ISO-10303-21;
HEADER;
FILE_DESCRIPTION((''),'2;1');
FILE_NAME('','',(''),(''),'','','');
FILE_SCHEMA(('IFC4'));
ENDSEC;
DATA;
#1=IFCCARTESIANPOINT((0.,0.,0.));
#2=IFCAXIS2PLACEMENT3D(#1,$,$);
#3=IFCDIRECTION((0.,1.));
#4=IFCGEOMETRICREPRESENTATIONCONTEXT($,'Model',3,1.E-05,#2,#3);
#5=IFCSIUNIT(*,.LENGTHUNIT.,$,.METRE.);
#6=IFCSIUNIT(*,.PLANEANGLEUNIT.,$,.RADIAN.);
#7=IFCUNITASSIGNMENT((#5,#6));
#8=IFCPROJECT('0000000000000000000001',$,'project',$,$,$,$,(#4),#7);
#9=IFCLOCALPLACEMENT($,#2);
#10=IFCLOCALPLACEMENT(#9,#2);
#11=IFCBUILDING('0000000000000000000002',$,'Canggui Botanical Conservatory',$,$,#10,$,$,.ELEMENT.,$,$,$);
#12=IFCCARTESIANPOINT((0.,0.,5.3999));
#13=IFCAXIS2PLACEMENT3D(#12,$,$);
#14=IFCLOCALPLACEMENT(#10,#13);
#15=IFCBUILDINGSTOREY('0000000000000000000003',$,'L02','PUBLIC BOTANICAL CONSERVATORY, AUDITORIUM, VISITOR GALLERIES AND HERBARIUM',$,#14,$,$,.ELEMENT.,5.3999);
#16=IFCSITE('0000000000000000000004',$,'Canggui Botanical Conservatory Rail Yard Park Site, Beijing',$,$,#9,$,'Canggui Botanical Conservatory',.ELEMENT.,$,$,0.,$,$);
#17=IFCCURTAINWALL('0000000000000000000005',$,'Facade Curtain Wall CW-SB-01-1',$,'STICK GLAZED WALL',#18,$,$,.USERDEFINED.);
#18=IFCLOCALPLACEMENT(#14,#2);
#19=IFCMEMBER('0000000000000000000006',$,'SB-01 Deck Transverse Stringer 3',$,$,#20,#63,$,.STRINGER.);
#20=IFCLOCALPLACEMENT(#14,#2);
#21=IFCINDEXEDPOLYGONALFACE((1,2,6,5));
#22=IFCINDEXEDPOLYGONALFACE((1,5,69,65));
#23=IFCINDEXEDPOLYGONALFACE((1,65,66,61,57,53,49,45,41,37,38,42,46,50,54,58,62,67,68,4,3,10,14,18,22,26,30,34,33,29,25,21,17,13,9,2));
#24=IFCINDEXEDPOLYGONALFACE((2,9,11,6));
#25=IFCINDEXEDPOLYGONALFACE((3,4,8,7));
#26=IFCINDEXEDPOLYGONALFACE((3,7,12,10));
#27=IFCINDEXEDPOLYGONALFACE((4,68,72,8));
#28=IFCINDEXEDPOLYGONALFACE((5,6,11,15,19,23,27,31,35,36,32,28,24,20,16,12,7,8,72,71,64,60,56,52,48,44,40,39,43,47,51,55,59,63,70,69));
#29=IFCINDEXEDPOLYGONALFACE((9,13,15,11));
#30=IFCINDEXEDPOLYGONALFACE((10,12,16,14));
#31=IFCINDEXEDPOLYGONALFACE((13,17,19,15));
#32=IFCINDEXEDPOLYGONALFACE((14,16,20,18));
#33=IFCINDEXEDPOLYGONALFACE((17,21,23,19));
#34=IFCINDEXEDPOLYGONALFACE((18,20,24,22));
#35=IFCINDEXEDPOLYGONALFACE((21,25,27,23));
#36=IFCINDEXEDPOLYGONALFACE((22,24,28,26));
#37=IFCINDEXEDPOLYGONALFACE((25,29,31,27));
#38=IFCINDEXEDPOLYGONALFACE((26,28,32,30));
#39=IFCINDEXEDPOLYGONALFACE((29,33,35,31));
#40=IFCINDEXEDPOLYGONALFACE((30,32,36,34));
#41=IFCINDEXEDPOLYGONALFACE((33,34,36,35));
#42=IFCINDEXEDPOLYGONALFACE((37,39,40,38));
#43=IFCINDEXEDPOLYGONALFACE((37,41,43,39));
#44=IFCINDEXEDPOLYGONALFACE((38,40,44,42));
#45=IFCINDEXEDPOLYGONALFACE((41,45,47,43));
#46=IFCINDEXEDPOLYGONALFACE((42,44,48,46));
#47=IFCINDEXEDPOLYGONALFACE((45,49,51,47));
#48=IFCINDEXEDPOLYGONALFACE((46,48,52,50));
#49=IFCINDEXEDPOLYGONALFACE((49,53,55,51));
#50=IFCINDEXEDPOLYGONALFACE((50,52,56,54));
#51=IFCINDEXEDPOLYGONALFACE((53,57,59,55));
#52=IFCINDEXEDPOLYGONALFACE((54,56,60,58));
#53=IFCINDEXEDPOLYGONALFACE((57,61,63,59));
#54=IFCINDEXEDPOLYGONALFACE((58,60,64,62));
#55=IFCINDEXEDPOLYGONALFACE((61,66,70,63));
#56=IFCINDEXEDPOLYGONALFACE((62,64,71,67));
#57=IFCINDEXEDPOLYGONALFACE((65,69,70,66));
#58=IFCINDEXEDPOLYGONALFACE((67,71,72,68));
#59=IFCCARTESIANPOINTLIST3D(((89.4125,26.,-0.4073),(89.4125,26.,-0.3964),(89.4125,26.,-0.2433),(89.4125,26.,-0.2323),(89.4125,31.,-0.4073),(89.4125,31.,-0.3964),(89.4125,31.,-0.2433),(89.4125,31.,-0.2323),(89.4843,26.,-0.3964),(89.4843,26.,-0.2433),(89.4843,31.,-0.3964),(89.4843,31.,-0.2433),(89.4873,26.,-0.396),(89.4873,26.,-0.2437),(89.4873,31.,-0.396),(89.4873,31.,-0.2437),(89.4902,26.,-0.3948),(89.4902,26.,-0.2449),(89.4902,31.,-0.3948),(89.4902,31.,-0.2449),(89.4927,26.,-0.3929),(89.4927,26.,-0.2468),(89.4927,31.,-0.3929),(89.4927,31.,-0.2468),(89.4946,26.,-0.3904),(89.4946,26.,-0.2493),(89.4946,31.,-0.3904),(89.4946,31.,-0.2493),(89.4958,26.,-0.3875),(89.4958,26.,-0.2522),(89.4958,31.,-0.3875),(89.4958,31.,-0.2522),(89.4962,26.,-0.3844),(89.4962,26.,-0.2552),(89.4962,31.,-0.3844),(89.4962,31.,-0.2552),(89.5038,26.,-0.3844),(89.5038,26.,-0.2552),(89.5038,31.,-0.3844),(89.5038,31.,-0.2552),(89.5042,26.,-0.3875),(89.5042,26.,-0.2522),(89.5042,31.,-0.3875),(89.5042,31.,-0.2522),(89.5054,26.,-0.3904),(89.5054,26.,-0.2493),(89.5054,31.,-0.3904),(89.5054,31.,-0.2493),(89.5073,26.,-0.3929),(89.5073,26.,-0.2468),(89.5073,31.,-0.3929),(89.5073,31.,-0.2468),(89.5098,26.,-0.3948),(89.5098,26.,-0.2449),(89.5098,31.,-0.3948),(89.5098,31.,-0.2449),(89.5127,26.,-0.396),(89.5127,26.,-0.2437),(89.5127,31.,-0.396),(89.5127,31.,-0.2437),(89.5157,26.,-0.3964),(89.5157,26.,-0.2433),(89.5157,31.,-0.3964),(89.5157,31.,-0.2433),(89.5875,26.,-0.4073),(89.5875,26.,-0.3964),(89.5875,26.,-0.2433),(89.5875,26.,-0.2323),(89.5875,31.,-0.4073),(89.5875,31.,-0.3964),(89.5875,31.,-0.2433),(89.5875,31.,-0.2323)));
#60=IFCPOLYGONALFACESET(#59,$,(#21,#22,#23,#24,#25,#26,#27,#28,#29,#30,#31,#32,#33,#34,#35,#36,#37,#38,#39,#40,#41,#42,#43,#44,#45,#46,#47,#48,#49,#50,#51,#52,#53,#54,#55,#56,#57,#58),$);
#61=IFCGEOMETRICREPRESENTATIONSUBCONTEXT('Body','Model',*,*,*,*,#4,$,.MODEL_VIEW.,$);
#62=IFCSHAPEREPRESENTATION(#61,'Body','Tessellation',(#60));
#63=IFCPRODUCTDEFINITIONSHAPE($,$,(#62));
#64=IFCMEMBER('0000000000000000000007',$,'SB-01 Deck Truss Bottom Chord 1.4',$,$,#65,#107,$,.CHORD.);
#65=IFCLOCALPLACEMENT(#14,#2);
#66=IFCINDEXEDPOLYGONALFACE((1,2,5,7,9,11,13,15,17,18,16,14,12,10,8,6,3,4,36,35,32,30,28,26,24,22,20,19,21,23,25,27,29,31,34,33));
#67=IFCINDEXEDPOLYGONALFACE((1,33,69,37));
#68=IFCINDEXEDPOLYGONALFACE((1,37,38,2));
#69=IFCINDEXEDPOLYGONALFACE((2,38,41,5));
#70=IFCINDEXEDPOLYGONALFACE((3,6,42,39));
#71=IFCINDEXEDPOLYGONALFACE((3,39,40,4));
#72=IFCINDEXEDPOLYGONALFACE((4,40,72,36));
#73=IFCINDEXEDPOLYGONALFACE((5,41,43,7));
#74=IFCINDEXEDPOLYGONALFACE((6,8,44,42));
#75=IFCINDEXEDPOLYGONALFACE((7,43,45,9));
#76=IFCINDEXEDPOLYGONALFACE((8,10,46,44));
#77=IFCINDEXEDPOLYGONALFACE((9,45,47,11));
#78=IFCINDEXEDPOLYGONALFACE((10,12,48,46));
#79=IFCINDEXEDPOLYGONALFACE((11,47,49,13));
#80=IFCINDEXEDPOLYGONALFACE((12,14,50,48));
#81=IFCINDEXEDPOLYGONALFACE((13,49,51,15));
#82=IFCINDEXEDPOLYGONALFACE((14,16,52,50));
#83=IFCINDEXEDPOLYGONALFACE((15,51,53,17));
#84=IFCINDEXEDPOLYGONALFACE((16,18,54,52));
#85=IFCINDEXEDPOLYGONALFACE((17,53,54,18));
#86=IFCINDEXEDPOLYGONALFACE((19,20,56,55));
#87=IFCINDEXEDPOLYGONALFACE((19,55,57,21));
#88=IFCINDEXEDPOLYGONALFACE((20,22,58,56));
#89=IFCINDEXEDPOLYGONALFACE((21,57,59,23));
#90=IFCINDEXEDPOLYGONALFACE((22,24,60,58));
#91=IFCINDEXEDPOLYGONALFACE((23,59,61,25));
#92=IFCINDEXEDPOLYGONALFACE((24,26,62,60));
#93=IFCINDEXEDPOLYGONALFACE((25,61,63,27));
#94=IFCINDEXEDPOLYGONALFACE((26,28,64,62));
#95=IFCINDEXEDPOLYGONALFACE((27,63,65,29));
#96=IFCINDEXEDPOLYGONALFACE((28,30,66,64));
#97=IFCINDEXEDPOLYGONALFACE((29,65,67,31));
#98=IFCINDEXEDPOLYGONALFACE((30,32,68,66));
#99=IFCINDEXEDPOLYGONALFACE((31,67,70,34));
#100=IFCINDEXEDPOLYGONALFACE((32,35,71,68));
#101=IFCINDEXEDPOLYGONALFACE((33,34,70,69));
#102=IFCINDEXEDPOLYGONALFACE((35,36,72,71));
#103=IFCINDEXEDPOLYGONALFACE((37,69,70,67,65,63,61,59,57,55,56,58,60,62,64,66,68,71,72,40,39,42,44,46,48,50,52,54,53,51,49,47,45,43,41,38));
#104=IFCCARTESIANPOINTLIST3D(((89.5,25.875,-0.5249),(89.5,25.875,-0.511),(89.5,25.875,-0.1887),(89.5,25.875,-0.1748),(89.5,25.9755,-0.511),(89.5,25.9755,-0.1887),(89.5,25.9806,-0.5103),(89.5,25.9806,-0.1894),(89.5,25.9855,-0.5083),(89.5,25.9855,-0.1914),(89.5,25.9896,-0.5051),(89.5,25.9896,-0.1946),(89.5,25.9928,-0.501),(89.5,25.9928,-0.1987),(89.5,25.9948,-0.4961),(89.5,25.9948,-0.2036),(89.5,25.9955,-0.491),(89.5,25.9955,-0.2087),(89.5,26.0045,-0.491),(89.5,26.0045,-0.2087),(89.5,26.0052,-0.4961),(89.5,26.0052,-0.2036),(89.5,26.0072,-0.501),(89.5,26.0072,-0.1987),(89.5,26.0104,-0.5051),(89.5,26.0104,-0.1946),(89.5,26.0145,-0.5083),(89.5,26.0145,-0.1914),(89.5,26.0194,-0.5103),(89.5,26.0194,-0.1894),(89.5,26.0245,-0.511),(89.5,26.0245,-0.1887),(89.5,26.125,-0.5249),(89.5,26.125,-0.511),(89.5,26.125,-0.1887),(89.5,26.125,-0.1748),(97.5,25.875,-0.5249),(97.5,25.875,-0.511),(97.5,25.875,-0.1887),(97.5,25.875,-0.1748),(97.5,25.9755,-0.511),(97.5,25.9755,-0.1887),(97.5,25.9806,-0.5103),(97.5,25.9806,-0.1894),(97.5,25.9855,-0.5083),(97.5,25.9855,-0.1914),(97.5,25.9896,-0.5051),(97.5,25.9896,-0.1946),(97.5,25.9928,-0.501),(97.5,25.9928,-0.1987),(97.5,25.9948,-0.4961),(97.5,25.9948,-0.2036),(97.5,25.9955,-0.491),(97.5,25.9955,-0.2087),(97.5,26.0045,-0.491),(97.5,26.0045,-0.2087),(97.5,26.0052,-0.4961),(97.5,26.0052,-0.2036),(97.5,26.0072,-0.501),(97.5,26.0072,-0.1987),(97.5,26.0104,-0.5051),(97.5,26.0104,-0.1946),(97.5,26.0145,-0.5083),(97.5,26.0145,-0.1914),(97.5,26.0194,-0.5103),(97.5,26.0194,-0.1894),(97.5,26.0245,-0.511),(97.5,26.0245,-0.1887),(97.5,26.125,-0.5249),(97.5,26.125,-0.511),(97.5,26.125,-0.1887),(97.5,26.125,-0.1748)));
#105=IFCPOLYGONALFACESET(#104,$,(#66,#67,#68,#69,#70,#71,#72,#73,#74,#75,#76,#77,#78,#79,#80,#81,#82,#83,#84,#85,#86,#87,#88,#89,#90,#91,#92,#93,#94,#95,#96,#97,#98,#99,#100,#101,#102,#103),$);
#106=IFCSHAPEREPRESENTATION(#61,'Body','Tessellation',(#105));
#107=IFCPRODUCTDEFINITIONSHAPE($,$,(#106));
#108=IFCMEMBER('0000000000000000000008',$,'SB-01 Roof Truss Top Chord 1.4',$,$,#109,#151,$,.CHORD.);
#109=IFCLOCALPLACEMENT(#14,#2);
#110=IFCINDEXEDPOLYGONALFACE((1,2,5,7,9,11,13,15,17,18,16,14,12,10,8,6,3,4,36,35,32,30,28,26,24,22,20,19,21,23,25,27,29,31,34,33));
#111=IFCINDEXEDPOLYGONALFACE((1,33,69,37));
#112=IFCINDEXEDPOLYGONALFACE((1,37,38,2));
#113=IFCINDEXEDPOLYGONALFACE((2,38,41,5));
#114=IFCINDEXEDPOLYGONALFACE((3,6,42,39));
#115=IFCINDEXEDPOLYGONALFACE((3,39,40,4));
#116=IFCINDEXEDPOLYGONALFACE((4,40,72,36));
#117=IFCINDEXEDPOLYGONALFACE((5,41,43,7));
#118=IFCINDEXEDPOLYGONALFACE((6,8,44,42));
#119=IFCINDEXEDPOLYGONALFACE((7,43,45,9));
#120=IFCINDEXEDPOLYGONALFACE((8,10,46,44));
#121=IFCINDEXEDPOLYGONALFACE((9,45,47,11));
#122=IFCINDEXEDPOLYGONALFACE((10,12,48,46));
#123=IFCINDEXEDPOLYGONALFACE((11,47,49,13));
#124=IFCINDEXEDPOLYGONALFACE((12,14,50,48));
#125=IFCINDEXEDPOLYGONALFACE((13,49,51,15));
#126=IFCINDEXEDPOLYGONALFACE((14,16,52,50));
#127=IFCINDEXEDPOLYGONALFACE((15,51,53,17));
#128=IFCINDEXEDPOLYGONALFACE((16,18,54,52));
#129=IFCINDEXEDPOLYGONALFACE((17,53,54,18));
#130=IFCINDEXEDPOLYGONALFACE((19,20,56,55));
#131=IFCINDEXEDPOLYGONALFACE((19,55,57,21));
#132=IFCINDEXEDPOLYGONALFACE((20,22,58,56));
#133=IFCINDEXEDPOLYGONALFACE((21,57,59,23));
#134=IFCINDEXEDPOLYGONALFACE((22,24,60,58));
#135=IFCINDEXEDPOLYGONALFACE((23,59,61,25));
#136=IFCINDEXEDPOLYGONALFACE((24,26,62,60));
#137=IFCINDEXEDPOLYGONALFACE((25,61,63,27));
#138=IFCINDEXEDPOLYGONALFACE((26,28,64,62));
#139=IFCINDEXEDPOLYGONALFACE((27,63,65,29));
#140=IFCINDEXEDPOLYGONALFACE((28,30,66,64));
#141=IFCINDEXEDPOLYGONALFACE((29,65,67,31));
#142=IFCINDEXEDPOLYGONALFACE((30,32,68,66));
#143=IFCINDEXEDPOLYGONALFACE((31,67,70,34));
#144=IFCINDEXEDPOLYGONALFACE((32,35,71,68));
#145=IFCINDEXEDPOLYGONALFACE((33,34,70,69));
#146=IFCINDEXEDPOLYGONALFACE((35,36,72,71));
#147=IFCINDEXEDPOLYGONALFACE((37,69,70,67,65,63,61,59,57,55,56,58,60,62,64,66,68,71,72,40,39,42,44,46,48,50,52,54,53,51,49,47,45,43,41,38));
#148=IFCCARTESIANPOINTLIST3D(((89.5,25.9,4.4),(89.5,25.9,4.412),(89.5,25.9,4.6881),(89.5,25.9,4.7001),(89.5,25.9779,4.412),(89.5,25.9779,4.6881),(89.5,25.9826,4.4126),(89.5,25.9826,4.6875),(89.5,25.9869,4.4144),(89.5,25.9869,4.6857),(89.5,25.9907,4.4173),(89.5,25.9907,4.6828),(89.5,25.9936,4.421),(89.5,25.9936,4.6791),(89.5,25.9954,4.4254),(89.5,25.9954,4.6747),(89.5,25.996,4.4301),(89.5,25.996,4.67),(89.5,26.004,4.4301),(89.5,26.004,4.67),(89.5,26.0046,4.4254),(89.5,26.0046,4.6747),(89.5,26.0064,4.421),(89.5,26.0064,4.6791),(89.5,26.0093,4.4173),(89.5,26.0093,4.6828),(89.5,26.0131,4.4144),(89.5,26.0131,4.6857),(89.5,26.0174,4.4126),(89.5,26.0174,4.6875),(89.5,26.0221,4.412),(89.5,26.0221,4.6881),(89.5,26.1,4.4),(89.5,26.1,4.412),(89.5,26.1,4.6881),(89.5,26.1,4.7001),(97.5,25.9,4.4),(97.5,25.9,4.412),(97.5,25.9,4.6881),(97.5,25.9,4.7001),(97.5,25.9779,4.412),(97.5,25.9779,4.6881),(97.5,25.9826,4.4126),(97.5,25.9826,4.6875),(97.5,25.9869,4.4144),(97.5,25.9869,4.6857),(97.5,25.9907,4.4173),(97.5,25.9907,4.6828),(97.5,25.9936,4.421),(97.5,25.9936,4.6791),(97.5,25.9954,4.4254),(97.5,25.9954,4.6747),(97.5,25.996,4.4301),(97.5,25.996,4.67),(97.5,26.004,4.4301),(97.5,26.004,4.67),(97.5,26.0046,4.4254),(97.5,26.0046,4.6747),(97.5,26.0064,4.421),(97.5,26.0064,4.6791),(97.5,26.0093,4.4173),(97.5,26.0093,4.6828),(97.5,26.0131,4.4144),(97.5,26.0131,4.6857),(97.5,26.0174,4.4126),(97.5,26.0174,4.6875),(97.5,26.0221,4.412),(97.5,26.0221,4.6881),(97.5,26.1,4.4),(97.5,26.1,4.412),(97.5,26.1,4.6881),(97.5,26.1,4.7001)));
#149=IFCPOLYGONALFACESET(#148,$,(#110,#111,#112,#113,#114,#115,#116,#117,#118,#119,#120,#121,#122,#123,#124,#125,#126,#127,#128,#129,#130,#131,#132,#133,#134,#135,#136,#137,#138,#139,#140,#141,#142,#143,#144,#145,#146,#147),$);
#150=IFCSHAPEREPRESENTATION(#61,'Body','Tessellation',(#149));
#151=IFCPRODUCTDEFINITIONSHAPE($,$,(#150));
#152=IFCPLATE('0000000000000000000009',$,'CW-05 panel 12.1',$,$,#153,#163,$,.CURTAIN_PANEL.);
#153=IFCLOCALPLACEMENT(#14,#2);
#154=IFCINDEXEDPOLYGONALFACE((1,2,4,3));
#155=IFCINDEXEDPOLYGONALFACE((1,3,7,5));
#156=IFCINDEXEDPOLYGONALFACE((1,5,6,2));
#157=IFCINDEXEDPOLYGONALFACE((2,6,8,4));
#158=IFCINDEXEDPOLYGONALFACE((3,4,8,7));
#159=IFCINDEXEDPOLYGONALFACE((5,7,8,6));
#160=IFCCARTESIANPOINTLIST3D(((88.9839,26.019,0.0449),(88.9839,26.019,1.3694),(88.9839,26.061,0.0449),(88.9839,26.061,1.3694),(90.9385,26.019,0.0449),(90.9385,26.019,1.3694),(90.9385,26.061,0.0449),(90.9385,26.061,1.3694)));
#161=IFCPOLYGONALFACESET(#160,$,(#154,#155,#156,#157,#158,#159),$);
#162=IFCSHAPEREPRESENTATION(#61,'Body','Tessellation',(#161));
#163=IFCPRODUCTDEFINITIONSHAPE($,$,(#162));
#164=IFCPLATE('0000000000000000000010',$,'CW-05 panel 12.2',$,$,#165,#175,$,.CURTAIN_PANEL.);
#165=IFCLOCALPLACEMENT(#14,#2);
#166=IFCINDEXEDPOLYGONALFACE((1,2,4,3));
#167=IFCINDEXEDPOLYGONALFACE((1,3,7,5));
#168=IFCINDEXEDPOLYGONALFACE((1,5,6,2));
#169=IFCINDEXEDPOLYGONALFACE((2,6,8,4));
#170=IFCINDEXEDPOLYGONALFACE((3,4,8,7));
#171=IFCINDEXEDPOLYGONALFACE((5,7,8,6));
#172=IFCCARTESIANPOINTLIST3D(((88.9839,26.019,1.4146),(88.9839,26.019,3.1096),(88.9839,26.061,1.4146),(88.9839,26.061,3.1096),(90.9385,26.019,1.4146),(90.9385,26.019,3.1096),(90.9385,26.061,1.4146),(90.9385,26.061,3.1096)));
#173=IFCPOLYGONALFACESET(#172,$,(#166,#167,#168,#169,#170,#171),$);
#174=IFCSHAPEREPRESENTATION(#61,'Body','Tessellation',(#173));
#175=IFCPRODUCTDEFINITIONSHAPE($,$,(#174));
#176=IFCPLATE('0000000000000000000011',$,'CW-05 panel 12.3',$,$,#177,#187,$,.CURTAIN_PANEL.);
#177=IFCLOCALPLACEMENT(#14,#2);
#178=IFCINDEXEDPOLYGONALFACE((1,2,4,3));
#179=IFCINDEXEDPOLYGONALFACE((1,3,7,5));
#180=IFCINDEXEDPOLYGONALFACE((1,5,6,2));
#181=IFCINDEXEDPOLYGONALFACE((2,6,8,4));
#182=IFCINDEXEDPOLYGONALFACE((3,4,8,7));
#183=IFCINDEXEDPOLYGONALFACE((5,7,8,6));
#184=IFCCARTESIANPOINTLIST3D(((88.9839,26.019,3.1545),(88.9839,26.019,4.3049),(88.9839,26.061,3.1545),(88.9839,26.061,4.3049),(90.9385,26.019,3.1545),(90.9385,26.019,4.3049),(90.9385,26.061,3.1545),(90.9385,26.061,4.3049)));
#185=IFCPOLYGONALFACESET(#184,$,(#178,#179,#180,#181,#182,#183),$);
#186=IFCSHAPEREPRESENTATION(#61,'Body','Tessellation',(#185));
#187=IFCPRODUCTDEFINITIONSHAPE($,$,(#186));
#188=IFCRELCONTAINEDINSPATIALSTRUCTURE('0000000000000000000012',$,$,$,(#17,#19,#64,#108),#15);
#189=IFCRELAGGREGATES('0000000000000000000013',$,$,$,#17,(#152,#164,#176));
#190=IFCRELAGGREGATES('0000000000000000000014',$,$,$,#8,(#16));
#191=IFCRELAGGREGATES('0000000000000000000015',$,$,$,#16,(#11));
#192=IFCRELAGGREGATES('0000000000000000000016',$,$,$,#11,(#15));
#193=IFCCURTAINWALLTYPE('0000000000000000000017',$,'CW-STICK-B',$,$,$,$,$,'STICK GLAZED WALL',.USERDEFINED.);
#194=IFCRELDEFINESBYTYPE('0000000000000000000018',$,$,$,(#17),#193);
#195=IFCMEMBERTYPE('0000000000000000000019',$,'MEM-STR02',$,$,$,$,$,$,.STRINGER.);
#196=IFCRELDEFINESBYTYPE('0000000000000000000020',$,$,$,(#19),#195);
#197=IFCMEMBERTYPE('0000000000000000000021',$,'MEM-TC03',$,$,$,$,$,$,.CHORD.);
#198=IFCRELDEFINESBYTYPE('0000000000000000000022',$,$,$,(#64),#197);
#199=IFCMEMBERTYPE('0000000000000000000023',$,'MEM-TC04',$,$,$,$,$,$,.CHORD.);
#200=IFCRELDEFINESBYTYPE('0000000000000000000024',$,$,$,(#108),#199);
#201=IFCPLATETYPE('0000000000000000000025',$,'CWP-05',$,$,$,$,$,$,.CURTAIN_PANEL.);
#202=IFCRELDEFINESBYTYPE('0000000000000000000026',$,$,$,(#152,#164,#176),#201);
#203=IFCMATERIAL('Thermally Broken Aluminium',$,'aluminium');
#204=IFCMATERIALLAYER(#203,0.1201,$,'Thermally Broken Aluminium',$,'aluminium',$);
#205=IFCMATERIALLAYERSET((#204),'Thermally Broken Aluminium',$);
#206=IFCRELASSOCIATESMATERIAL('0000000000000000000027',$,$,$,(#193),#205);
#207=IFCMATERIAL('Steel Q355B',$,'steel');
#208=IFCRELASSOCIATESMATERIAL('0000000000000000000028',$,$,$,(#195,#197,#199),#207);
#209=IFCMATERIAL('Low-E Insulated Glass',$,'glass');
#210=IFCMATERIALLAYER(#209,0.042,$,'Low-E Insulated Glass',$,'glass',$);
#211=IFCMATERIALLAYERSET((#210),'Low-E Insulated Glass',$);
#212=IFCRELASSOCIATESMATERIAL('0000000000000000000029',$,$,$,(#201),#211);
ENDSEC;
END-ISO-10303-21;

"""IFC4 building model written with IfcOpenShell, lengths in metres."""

from ifc_helpers import new_model, si_unit, direction, frame, origin, origin_2d, place, context, subcontext, project, spatial, rectangle, i_section, extrude, material, layer, layer_set, material_profile, profile_set, type_object, element, aggregate, save


model = new_model("IFC4")

# Units and contexts
model_context = context("Model", 3, precision=1e-05, world=origin(), true_north=direction((0.0, 1.0)))
body_context = subcontext(model_context, "Body", "Model", "MODEL_VIEW")
ifc_project = project(units=[si_unit("LENGTHUNIT", "METRE"), si_unit("PLANEANGLEUNIT", "RADIAN")], contexts=[model_context])

# Site, building, storey
site_placement = place(None, origin())
site = spatial("IfcSite", under=ifc_project, at=site_placement, Name="Canggui Botanical Conservatory Rail Yard Park Site, Beijing", LongName="Canggui Botanical Conservatory", CompositionType="ELEMENT", RefElevation=0.0)
building_placement = place(site_placement, origin())
building = spatial("IfcBuilding", under=site, at=building_placement, Name="Canggui Botanical Conservatory", CompositionType="ELEMENT")
storey_placement = place(building_placement, frame((0.0, 0.0, 5.3999)))
storey = spatial("IfcBuildingStorey", under=building, at=storey_placement, Name="L02", Description="PUBLIC BOTANICAL CONSERVATORY, AUDITORIUM, VISITOR GALLERIES AND HERBARIUM", CompositionType="ELEMENT", Elevation=5.3999)

# Curtain wall
ifc_material_1 = material(Name="Thermally Broken Aluminium", Category="aluminium")
ifc_layer_1 = layer(ifc_material_1, 0.1201, Name="Thermally Broken Aluminium", Category="aluminium")
ifc_layer_set_1 = layer_set([ifc_layer_1], Name="Thermally Broken Aluminium")
curtain_wall_type = type_object("IfcCurtainWallType", Name="CW-STICK-B", ElementType="STICK GLAZED WALL", PredefinedType="USERDEFINED", material=ifc_layer_set_1)
curtain_wall_placement = place(storey_placement, origin())
curtain_wall = element("IfcCurtainWall", 1, at=curtain_wall_placement, inside=storey, type_object=curtain_wall_type, Name="Facade Curtain Wall CW-SB-01-1", ObjectType="STICK GLAZED WALL", PredefinedType="USERDEFINED")

# Members
ifc_material_2 = material(Name="Steel Q355B", Category="steel")
ifc_material_profile_1 = material_profile(ifc_material_2, i_section(OverallWidth=0.175, OverallDepth=0.175, WebThickness=0.0076, FlangeThickness=0.011, FilletRadius=0.012, at=origin_2d()), Name="HW 175x175x7.5x11")
ifc_profile_set_1 = profile_set([ifc_material_profile_1], Name="Steel Q355B")
member_type_1 = type_object("IfcMemberType", Name="MEM-STR02", PredefinedType="STRINGER", material=ifc_profile_set_1)
member_1_placement = place(storey_placement, frame((89.5, 26.0, -0.3198), z_axis=(0.0, 1.0, 0.0), x_axis=(-1.0, 0.0, 0.0)))
element("IfcMember", 2, at=member_1_placement, inside=storey, type_object=member_type_1, Name="SB-01 Deck Transverse Stringer 3", PredefinedType="STRINGER", context=body_context, shape_type="SweptSolid", body=[
    extrude(i_section(OverallWidth=0.175, OverallDepth=0.175, WebThickness=0.0076, FlangeThickness=0.011, FilletRadius=0.012, at=origin_2d()), origin(), (0.0, 0.0, 1.0), 5.0),
])
ifc_material_profile_2 = material_profile(ifc_material_2, i_section(OverallWidth=0.25, OverallDepth=0.3501, WebThickness=0.009, FlangeThickness=0.0139, FilletRadius=0.02, at=origin_2d()), Name="HM 350x250x9x14")
ifc_profile_set_2 = profile_set([ifc_material_profile_2], Name="Steel Q355B")
member_type_2 = type_object("IfcMemberType", Name="MEM-TC03", PredefinedType="CHORD", material=ifc_profile_set_2)
member_2_placement = place(storey_placement, frame((89.5, 26.0, -0.3499), z_axis=(1.0, 0.0, 0.0), x_axis=(0.0, 1.0, 0.0)))
element("IfcMember", 3, at=member_2_placement, inside=storey, type_object=member_type_2, Name="SB-01 Deck Truss Bottom Chord 1.4", PredefinedType="CHORD", context=body_context, shape_type="SweptSolid", body=[
    extrude(i_section(OverallWidth=0.25, OverallDepth=0.3501, WebThickness=0.009, FlangeThickness=0.0139, FilletRadius=0.02, at=origin_2d()), origin(), (0.0, 0.0, 1.0), 8.0),
])
ifc_material_profile_3 = material_profile(ifc_material_2, i_section(OverallWidth=0.2, OverallDepth=0.3, WebThickness=0.0081, FlangeThickness=0.012, FilletRadius=0.0181, at=origin_2d()), Name="HM 300x200x8x12")
ifc_profile_set_3 = profile_set([ifc_material_profile_3], Name="Steel Q355B")
member_type_3 = type_object("IfcMemberType", Name="MEM-TC04", PredefinedType="CHORD", material=ifc_profile_set_3)
member_3_placement = place(storey_placement, frame((89.5, 26.0, 4.55), z_axis=(1.0, 0.0, 0.0), x_axis=(0.0, 1.0, 0.0)))
element("IfcMember", 4, at=member_3_placement, inside=storey, type_object=member_type_3, Name="SB-01 Roof Truss Top Chord 1.4", PredefinedType="CHORD", context=body_context, shape_type="SweptSolid", body=[
    extrude(i_section(OverallWidth=0.2, OverallDepth=0.3, WebThickness=0.0081, FlangeThickness=0.012, FilletRadius=0.0181, at=origin_2d()), origin(), (0.0, 0.0, 1.0), 8.0),
])

# Plates
ifc_material_3 = material(Name="Low-E Insulated Glass", Category="glass")
ifc_layer_2 = layer(ifc_material_3, 0.042, Name="Low-E Insulated Glass", Category="glass")
ifc_layer_set_2 = layer_set([ifc_layer_2], Name="Low-E Insulated Glass")
plate_type_1 = type_object("IfcPlateType", Name="CWP-05", PredefinedType="CURTAIN_PANEL", material=ifc_layer_set_2)
plate_1_placement = place(storey_placement, frame((89.9612, 26.04, 0.0449), z_axis=(0.0, 0.0, 1.0), x_axis=(1.0, 0.0, 0.0)))
plate_1 = element("IfcPlate", 5, at=plate_1_placement, type_object=plate_type_1, Name="CW-05 panel 12.1", PredefinedType="CURTAIN_PANEL", context=body_context, shape_type="SweptSolid", body=[
    extrude(rectangle(XDim=1.9546, YDim=0.042, at=origin_2d()), origin(), (0.0, 0.0, 1.0), 1.3245),
])
plate_2_placement = place(storey_placement, frame((89.9612, 26.04, 1.4146), z_axis=(0.0, 0.0, 1.0), x_axis=(1.0, 0.0, 0.0)))
plate_2 = element("IfcPlate", 6, at=plate_2_placement, type_object=plate_type_1, Name="CW-05 panel 12.2", PredefinedType="CURTAIN_PANEL", context=body_context, shape_type="SweptSolid", body=[
    extrude(rectangle(XDim=1.9546, YDim=0.042, at=origin_2d()), origin(), (0.0, 0.0, 1.0), 1.6951),
])
plate_3_placement = place(storey_placement, frame((89.9612, 26.04, 3.1545), z_axis=(0.0, 0.0, 1.0), x_axis=(1.0, 0.0, 0.0)))
plate_3 = element("IfcPlate", 7, at=plate_3_placement, type_object=plate_type_1, Name="CW-05 panel 12.3", PredefinedType="CURTAIN_PANEL", context=body_context, shape_type="SweptSolid", body=[
    extrude(rectangle(XDim=1.9546, YDim=0.042, at=origin_2d()), origin(), (0.0, 0.0, 1.0), 1.1504),
])
aggregate(curtain_wall, [plate_1, plate_2, plate_3])

save(model, "model.ifc")
